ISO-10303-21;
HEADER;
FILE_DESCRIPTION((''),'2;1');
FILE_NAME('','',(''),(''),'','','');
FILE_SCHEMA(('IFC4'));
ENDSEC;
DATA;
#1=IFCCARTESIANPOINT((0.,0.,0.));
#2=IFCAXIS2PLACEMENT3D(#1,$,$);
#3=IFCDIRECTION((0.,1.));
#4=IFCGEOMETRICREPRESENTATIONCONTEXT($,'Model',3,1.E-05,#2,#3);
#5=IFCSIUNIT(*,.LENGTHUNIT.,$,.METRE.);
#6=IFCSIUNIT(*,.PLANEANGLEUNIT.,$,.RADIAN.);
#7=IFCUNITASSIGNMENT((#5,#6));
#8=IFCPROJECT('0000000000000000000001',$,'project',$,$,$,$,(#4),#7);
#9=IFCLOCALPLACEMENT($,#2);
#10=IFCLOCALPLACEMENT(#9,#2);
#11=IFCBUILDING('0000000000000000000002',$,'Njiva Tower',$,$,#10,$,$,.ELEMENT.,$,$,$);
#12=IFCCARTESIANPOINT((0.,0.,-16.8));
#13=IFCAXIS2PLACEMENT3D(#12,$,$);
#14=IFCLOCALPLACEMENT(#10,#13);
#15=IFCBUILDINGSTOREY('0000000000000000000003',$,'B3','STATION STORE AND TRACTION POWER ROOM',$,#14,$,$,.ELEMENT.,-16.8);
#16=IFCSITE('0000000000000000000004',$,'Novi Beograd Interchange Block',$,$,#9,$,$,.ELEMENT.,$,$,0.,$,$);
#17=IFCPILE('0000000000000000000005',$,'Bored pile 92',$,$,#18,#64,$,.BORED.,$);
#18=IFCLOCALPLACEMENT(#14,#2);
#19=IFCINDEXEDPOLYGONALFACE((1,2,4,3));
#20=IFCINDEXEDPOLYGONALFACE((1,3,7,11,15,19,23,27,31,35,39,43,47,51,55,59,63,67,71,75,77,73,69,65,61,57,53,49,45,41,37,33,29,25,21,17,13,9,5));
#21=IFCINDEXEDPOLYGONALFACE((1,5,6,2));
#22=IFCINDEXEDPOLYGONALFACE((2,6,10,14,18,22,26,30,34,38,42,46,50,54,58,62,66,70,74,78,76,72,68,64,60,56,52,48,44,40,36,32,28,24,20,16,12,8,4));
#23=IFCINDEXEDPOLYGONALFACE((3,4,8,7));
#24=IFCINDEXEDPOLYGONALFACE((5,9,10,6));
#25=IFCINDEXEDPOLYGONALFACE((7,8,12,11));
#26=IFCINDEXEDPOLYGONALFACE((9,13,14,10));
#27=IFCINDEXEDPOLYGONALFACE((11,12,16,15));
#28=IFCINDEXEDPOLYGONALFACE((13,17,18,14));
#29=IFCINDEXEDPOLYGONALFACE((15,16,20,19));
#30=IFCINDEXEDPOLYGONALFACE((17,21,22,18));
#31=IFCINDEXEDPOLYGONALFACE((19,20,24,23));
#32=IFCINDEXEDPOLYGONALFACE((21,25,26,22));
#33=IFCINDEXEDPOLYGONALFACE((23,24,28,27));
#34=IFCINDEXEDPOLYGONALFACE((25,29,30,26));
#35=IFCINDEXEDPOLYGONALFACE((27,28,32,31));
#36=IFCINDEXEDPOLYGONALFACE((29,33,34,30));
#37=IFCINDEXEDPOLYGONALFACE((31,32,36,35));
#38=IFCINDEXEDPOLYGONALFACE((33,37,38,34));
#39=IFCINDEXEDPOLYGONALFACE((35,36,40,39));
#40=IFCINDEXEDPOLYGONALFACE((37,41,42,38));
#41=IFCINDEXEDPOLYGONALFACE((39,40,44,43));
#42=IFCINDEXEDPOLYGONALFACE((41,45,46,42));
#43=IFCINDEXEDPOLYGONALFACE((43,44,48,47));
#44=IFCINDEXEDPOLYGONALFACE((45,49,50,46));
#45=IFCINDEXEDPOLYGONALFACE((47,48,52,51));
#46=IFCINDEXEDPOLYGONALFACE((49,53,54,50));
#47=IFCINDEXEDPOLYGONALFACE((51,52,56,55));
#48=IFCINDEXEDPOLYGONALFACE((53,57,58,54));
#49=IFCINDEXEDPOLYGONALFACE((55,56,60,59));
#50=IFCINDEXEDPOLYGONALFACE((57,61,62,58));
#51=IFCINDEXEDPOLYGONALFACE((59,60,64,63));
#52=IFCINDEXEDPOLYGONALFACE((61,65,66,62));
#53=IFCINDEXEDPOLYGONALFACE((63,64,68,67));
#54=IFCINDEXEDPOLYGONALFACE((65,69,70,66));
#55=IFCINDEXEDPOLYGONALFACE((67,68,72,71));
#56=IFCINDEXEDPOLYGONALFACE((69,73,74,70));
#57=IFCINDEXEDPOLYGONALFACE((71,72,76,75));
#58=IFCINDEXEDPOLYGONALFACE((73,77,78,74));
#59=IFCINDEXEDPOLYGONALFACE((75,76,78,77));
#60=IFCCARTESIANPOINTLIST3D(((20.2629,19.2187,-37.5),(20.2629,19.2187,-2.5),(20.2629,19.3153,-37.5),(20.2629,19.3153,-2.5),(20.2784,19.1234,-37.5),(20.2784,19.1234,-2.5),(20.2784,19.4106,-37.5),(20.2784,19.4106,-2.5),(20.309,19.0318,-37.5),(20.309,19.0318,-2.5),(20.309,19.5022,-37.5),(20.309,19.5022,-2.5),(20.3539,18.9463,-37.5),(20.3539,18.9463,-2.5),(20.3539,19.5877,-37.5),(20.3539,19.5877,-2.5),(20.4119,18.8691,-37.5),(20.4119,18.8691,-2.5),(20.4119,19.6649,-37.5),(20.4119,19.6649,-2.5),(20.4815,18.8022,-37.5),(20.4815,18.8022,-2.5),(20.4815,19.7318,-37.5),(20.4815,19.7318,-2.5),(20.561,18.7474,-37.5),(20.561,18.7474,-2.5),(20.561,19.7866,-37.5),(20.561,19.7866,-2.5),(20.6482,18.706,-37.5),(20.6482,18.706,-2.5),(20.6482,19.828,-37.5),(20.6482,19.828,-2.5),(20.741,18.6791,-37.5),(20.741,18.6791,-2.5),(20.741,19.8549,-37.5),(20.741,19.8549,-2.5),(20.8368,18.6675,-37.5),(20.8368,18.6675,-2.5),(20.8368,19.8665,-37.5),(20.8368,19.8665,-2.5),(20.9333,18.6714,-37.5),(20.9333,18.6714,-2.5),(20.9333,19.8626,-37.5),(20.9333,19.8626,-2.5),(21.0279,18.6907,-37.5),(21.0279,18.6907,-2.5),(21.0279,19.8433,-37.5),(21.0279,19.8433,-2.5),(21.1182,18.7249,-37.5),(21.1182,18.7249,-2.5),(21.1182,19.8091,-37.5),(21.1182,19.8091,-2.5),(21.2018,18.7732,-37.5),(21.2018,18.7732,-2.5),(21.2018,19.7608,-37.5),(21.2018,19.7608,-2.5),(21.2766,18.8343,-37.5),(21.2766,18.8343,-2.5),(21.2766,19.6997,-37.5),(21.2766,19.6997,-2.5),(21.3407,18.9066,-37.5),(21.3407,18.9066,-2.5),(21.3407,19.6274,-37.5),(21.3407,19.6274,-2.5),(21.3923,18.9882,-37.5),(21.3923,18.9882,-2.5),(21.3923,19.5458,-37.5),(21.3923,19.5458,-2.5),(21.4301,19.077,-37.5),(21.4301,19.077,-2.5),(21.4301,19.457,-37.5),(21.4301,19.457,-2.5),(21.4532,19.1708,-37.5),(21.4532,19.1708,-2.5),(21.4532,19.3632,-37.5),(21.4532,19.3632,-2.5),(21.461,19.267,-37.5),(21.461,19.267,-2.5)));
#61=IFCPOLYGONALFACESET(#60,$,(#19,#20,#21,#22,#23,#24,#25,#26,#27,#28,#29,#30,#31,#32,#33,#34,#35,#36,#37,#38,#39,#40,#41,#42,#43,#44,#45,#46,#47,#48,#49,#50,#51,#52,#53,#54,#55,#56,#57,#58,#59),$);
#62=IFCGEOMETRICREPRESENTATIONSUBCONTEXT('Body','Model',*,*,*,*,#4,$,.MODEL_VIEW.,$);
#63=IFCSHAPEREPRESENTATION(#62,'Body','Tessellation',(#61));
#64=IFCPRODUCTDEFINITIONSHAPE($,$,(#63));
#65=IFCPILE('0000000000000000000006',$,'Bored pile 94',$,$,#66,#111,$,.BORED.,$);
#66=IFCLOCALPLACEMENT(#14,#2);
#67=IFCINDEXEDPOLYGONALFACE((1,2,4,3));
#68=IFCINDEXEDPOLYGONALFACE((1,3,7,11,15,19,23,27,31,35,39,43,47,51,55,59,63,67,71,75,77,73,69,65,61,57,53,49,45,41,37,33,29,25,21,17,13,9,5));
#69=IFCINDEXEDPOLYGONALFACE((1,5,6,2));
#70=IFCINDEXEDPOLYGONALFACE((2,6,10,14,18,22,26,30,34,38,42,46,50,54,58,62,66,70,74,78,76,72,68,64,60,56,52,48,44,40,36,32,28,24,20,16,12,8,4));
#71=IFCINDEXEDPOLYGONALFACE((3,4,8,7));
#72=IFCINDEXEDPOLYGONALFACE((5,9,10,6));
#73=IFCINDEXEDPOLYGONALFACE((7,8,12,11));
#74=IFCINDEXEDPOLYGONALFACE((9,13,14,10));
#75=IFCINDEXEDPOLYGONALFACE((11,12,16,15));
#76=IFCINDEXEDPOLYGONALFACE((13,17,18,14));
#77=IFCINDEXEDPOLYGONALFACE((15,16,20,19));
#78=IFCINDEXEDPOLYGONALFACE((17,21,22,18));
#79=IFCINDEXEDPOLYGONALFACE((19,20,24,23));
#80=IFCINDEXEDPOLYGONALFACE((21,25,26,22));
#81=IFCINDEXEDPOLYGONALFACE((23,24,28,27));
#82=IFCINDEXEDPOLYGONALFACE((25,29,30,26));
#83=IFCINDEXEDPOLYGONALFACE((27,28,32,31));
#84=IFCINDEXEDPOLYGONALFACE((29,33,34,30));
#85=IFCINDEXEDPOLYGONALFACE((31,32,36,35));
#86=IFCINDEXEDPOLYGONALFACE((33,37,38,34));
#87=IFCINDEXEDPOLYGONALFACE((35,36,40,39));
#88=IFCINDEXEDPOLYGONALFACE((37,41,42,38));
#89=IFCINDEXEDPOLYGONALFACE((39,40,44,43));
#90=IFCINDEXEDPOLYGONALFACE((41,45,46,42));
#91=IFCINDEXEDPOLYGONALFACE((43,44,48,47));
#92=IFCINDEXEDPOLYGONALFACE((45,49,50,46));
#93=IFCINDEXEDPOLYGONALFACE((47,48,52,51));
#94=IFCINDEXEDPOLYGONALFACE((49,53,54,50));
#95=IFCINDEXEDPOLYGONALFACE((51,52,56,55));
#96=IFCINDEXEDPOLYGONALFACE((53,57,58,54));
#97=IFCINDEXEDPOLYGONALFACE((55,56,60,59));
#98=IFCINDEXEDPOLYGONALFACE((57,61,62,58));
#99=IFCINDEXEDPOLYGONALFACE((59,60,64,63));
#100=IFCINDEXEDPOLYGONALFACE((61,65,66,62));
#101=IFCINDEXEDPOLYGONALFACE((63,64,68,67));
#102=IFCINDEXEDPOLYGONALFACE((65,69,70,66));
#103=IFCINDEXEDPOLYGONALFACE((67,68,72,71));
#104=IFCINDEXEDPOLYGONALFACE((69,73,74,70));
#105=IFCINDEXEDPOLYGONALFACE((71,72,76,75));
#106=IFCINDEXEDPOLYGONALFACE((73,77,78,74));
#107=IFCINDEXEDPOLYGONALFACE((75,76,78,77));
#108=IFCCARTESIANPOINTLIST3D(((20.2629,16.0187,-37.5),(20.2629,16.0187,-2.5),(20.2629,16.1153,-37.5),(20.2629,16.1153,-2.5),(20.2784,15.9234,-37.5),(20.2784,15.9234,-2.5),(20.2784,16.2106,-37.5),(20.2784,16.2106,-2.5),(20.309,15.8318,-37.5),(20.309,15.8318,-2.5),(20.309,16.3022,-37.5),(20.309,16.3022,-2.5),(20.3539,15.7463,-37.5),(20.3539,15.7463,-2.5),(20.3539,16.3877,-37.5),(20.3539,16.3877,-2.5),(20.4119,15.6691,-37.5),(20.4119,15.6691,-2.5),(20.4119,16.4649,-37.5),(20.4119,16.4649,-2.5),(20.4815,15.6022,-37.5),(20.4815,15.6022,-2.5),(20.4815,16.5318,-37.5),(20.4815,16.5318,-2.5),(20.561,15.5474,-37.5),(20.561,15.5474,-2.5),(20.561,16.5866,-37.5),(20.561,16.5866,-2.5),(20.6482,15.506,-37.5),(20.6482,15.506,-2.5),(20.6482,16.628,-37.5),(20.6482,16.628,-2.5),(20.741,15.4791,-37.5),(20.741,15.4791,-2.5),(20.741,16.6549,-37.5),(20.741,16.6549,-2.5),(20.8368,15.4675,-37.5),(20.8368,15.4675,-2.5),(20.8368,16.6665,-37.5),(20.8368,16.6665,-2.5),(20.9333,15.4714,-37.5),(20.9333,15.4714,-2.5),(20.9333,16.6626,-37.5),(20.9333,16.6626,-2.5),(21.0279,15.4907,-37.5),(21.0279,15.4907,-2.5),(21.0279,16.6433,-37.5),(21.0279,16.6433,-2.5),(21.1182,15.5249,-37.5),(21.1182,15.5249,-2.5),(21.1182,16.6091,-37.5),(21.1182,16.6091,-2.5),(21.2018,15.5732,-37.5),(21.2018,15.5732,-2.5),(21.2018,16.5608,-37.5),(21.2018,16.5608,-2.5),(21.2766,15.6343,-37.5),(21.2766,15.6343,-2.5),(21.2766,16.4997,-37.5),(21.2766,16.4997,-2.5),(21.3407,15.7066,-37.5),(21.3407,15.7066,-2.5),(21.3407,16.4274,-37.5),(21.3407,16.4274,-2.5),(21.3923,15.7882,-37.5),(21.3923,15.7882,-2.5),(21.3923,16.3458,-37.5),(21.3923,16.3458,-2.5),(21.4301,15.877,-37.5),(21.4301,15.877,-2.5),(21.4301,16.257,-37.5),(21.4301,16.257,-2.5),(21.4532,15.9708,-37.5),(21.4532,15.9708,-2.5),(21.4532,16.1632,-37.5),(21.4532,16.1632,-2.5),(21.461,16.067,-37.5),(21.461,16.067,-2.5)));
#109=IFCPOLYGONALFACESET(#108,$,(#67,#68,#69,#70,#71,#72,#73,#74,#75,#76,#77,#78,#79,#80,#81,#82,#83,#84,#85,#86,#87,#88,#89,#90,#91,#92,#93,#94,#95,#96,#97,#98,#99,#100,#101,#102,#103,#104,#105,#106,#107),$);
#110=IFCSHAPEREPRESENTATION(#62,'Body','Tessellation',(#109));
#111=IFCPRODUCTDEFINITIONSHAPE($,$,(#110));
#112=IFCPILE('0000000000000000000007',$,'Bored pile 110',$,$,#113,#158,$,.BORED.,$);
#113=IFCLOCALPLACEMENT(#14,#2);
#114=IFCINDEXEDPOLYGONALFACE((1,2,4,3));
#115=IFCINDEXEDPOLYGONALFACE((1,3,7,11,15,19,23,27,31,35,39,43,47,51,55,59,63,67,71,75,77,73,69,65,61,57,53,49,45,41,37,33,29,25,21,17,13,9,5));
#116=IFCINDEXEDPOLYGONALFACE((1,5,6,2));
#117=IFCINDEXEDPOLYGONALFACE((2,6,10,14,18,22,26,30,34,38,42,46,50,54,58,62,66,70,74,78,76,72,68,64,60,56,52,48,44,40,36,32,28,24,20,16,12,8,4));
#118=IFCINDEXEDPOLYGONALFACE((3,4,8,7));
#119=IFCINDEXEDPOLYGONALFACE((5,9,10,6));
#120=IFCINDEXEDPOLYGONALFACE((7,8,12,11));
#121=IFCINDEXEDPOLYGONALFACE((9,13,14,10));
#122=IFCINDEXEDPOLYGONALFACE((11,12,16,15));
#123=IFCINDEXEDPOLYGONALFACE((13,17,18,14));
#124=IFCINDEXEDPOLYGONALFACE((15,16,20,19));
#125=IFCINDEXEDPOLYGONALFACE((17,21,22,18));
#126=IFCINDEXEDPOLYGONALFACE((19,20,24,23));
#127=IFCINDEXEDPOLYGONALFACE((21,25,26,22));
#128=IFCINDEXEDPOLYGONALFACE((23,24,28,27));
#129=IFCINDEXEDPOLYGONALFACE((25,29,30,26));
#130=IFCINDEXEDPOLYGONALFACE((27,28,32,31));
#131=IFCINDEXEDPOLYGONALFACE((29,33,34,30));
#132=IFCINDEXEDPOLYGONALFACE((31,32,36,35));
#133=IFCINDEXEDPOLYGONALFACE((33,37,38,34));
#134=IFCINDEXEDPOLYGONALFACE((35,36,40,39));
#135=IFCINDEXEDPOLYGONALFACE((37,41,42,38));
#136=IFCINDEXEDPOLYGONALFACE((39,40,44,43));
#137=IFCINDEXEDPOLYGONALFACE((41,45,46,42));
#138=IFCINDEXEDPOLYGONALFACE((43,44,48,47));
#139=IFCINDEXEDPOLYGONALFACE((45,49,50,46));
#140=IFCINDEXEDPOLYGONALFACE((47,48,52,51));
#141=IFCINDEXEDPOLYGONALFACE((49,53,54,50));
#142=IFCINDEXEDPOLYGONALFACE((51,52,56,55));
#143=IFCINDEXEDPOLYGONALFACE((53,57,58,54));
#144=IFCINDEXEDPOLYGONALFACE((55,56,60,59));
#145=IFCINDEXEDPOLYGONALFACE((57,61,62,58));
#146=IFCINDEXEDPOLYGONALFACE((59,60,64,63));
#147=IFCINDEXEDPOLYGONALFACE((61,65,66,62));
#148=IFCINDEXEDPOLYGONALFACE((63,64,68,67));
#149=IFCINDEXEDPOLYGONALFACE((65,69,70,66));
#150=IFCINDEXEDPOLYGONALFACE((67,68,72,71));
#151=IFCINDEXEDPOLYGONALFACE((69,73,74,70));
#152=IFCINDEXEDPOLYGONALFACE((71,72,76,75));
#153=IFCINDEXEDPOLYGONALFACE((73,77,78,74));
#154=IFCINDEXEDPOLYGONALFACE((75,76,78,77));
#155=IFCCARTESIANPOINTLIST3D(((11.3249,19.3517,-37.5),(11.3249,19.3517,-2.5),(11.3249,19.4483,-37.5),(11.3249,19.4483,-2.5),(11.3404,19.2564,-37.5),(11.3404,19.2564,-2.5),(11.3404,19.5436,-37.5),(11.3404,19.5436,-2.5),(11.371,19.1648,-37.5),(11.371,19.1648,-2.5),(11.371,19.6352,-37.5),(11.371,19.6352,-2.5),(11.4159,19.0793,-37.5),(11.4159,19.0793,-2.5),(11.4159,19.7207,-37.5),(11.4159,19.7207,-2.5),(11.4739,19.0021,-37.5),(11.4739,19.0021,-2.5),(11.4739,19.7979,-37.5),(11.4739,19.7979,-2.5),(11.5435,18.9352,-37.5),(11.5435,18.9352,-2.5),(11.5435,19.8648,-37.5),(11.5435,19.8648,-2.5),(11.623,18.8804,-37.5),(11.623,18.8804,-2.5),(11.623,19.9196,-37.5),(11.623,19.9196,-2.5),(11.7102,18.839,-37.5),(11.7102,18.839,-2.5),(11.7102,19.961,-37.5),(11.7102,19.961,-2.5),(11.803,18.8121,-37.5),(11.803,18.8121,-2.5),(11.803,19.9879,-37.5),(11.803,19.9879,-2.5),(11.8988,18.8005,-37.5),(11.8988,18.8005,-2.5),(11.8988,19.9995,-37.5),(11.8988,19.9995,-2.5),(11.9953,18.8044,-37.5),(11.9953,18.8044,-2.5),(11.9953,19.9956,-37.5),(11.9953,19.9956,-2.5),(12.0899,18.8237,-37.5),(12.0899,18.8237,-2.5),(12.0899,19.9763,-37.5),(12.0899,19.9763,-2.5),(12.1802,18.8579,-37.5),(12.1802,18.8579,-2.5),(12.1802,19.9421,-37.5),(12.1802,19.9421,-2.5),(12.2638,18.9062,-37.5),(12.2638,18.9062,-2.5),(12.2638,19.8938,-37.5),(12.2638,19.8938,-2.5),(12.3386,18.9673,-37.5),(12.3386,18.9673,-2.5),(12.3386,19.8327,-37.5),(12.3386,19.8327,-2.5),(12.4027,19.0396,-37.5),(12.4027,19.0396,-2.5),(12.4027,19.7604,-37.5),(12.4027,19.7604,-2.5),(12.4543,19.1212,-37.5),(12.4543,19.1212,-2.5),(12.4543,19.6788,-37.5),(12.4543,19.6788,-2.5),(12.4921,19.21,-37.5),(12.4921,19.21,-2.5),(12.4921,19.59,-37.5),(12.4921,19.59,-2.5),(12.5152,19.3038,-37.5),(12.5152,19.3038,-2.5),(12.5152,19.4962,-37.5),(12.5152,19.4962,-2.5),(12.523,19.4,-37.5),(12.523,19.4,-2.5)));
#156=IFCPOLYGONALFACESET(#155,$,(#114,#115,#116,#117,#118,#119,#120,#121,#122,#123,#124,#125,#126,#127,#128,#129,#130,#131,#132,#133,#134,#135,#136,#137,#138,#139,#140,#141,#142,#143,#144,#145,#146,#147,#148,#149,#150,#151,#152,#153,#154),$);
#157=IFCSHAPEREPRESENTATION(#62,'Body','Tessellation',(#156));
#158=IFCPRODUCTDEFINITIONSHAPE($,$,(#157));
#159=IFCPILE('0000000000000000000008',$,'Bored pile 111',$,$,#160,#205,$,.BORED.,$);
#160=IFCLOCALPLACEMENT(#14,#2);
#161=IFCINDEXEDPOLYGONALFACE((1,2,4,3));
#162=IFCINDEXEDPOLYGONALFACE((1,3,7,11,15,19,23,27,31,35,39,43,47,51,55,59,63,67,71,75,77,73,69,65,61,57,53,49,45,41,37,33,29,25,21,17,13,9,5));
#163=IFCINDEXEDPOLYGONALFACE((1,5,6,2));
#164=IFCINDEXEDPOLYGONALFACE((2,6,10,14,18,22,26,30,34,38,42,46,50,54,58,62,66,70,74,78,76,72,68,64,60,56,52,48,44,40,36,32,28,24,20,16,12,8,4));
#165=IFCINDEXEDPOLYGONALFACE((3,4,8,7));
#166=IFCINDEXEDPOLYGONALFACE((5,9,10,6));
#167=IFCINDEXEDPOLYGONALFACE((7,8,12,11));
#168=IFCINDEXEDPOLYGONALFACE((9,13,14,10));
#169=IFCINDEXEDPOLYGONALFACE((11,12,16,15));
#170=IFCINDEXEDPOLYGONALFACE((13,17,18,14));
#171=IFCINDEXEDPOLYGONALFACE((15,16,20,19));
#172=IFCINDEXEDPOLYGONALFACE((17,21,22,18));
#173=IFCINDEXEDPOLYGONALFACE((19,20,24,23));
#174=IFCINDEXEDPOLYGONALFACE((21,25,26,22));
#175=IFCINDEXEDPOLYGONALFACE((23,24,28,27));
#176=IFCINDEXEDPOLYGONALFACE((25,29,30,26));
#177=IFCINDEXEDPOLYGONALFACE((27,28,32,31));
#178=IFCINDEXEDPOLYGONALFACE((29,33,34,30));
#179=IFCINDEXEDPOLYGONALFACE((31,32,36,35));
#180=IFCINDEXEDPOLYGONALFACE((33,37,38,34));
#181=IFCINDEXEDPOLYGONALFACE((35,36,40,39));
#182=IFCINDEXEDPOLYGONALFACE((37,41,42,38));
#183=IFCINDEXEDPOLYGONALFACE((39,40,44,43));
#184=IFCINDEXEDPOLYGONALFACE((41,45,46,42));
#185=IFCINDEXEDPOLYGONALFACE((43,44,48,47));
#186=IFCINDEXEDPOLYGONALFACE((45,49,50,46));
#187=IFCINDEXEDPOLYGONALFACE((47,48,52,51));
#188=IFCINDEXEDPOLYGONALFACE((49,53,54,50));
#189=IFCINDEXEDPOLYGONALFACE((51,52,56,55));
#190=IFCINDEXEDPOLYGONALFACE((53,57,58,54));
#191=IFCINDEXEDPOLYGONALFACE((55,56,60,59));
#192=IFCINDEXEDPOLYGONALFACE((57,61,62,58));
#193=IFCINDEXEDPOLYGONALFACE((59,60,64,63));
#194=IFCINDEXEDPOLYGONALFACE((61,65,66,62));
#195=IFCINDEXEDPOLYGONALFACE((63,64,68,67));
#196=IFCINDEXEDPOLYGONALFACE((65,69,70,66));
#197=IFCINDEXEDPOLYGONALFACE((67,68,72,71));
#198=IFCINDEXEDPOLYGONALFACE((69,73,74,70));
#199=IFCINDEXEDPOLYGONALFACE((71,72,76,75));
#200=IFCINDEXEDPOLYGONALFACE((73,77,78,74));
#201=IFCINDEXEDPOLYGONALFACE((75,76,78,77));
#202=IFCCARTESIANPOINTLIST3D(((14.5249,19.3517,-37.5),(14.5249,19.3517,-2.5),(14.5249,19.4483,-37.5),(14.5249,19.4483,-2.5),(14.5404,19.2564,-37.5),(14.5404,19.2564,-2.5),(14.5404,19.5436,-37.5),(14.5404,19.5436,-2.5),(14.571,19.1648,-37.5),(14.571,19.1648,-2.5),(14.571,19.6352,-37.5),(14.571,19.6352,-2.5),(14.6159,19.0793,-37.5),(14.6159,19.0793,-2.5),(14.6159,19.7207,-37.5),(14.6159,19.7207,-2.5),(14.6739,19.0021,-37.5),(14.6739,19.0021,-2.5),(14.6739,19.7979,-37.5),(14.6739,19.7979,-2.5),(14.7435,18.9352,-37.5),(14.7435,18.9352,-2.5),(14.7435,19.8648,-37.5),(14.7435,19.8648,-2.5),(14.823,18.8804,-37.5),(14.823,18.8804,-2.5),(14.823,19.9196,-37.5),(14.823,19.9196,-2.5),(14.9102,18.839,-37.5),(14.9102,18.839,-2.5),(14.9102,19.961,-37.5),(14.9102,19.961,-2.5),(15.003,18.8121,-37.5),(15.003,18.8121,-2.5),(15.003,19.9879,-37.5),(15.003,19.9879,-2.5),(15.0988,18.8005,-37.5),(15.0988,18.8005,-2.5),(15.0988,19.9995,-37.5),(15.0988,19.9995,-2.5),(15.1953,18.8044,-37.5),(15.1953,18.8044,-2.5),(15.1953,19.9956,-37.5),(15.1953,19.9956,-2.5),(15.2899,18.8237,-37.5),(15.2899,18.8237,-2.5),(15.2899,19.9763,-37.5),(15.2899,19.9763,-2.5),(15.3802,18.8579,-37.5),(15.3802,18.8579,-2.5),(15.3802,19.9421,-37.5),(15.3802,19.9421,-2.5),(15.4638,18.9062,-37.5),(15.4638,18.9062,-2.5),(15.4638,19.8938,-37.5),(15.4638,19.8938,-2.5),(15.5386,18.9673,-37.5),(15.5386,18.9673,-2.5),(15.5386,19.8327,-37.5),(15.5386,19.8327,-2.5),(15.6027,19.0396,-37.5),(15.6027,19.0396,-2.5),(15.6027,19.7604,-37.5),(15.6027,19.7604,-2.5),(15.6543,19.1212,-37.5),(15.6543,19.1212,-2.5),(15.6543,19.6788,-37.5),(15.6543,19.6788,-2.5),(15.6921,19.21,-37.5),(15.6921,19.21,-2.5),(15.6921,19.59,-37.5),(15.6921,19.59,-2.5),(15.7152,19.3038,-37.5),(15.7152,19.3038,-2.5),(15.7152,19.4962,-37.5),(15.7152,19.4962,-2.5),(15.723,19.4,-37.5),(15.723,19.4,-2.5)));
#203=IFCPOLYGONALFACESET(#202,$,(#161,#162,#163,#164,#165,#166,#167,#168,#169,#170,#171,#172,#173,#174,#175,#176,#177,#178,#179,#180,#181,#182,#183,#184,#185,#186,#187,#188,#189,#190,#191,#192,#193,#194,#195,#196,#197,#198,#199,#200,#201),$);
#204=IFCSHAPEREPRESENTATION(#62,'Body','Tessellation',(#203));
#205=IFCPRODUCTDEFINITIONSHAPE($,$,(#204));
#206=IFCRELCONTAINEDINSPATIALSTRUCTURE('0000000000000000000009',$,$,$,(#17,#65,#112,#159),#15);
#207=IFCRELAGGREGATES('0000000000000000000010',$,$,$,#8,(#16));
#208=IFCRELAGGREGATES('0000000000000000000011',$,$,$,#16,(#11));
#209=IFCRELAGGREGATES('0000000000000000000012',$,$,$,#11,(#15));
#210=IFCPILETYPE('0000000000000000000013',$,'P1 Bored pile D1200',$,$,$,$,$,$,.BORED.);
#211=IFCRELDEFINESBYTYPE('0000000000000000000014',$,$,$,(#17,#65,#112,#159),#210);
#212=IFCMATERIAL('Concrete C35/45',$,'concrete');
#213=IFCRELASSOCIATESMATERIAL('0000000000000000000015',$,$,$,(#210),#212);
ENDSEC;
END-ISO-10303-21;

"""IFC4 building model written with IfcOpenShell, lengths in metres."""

from ifc_helpers import new_model, si_unit, direction, frame, origin, origin_2d, place, context, subcontext, project, spatial, circle, extrude, material, material_profile, profile_set, type_object, element, save


model = new_model("IFC4")

# Units and contexts
model_context = context("Model", 3, precision=1e-05, world=origin(), true_north=direction((0.0, 1.0)))
body_context = subcontext(model_context, "Body", "Model", "MODEL_VIEW")
ifc_project = project(units=[si_unit("LENGTHUNIT", "METRE"), si_unit("PLANEANGLEUNIT", "RADIAN")], contexts=[model_context])

# Site, building, storey
site_placement = place(None, origin())
site = spatial("IfcSite", under=ifc_project, at=site_placement, Name="Novi Beograd Interchange Block", CompositionType="ELEMENT", RefElevation=0.0)
building_placement = place(site_placement, origin())
building = spatial("IfcBuilding", under=site, at=building_placement, Name="Njiva Tower", CompositionType="ELEMENT")
storey_placement = place(building_placement, frame((0.0, 0.0, -16.8)))
storey = spatial("IfcBuildingStorey", under=building, at=storey_placement, Name="B3", Description="STATION STORE AND TRACTION POWER ROOM", CompositionType="ELEMENT", Elevation=-16.8)

# Piles
ifc_material_1 = material(Name="Concrete C35/45", Category="concrete")
ifc_material_profile_1 = material_profile(ifc_material_1, circle(Radius=0.6, at=origin_2d()), Name="D1200")
ifc_profile_set_1 = profile_set([ifc_material_profile_1], Name="Concrete C35/45")
pile_type = type_object("IfcPileType", Name="P1 Bored pile D1200", PredefinedType="BORED", material=ifc_profile_set_1)
for number, where, z_axis, x_axis, name in (
    (1, (20.861, 19.267, -2.5), (0.0, 0.0, -1.0), (1.0, 0.0, 0.0), "Bored pile 92"),
    (2, (20.861, 16.067, -2.5), (0.0, 0.0, -1.0), (1.0, 0.0, 0.0), "Bored pile 94"),
    (3, (11.923, 19.4, -2.5), (0.0, 0.0, -1.0), (1.0, 0.0, 0.0), "Bored pile 110"),
    (4, (15.123, 19.4, -2.5), (0.0, 0.0, -1.0), (1.0, 0.0, 0.0), "Bored pile 111"),
):
    element("IfcPile", number, at=place(storey_placement, frame(where, z_axis=z_axis, x_axis=x_axis)), inside=storey, type_object=pile_type, Name=name, PredefinedType="BORED", context=body_context, shape_type="SweptSolid", body=[
        extrude(circle(Radius=0.6, at=origin_2d()), origin(), (0.0, 0.0, 1.0), 35.0),
    ])

save(model, "model.ifc")
